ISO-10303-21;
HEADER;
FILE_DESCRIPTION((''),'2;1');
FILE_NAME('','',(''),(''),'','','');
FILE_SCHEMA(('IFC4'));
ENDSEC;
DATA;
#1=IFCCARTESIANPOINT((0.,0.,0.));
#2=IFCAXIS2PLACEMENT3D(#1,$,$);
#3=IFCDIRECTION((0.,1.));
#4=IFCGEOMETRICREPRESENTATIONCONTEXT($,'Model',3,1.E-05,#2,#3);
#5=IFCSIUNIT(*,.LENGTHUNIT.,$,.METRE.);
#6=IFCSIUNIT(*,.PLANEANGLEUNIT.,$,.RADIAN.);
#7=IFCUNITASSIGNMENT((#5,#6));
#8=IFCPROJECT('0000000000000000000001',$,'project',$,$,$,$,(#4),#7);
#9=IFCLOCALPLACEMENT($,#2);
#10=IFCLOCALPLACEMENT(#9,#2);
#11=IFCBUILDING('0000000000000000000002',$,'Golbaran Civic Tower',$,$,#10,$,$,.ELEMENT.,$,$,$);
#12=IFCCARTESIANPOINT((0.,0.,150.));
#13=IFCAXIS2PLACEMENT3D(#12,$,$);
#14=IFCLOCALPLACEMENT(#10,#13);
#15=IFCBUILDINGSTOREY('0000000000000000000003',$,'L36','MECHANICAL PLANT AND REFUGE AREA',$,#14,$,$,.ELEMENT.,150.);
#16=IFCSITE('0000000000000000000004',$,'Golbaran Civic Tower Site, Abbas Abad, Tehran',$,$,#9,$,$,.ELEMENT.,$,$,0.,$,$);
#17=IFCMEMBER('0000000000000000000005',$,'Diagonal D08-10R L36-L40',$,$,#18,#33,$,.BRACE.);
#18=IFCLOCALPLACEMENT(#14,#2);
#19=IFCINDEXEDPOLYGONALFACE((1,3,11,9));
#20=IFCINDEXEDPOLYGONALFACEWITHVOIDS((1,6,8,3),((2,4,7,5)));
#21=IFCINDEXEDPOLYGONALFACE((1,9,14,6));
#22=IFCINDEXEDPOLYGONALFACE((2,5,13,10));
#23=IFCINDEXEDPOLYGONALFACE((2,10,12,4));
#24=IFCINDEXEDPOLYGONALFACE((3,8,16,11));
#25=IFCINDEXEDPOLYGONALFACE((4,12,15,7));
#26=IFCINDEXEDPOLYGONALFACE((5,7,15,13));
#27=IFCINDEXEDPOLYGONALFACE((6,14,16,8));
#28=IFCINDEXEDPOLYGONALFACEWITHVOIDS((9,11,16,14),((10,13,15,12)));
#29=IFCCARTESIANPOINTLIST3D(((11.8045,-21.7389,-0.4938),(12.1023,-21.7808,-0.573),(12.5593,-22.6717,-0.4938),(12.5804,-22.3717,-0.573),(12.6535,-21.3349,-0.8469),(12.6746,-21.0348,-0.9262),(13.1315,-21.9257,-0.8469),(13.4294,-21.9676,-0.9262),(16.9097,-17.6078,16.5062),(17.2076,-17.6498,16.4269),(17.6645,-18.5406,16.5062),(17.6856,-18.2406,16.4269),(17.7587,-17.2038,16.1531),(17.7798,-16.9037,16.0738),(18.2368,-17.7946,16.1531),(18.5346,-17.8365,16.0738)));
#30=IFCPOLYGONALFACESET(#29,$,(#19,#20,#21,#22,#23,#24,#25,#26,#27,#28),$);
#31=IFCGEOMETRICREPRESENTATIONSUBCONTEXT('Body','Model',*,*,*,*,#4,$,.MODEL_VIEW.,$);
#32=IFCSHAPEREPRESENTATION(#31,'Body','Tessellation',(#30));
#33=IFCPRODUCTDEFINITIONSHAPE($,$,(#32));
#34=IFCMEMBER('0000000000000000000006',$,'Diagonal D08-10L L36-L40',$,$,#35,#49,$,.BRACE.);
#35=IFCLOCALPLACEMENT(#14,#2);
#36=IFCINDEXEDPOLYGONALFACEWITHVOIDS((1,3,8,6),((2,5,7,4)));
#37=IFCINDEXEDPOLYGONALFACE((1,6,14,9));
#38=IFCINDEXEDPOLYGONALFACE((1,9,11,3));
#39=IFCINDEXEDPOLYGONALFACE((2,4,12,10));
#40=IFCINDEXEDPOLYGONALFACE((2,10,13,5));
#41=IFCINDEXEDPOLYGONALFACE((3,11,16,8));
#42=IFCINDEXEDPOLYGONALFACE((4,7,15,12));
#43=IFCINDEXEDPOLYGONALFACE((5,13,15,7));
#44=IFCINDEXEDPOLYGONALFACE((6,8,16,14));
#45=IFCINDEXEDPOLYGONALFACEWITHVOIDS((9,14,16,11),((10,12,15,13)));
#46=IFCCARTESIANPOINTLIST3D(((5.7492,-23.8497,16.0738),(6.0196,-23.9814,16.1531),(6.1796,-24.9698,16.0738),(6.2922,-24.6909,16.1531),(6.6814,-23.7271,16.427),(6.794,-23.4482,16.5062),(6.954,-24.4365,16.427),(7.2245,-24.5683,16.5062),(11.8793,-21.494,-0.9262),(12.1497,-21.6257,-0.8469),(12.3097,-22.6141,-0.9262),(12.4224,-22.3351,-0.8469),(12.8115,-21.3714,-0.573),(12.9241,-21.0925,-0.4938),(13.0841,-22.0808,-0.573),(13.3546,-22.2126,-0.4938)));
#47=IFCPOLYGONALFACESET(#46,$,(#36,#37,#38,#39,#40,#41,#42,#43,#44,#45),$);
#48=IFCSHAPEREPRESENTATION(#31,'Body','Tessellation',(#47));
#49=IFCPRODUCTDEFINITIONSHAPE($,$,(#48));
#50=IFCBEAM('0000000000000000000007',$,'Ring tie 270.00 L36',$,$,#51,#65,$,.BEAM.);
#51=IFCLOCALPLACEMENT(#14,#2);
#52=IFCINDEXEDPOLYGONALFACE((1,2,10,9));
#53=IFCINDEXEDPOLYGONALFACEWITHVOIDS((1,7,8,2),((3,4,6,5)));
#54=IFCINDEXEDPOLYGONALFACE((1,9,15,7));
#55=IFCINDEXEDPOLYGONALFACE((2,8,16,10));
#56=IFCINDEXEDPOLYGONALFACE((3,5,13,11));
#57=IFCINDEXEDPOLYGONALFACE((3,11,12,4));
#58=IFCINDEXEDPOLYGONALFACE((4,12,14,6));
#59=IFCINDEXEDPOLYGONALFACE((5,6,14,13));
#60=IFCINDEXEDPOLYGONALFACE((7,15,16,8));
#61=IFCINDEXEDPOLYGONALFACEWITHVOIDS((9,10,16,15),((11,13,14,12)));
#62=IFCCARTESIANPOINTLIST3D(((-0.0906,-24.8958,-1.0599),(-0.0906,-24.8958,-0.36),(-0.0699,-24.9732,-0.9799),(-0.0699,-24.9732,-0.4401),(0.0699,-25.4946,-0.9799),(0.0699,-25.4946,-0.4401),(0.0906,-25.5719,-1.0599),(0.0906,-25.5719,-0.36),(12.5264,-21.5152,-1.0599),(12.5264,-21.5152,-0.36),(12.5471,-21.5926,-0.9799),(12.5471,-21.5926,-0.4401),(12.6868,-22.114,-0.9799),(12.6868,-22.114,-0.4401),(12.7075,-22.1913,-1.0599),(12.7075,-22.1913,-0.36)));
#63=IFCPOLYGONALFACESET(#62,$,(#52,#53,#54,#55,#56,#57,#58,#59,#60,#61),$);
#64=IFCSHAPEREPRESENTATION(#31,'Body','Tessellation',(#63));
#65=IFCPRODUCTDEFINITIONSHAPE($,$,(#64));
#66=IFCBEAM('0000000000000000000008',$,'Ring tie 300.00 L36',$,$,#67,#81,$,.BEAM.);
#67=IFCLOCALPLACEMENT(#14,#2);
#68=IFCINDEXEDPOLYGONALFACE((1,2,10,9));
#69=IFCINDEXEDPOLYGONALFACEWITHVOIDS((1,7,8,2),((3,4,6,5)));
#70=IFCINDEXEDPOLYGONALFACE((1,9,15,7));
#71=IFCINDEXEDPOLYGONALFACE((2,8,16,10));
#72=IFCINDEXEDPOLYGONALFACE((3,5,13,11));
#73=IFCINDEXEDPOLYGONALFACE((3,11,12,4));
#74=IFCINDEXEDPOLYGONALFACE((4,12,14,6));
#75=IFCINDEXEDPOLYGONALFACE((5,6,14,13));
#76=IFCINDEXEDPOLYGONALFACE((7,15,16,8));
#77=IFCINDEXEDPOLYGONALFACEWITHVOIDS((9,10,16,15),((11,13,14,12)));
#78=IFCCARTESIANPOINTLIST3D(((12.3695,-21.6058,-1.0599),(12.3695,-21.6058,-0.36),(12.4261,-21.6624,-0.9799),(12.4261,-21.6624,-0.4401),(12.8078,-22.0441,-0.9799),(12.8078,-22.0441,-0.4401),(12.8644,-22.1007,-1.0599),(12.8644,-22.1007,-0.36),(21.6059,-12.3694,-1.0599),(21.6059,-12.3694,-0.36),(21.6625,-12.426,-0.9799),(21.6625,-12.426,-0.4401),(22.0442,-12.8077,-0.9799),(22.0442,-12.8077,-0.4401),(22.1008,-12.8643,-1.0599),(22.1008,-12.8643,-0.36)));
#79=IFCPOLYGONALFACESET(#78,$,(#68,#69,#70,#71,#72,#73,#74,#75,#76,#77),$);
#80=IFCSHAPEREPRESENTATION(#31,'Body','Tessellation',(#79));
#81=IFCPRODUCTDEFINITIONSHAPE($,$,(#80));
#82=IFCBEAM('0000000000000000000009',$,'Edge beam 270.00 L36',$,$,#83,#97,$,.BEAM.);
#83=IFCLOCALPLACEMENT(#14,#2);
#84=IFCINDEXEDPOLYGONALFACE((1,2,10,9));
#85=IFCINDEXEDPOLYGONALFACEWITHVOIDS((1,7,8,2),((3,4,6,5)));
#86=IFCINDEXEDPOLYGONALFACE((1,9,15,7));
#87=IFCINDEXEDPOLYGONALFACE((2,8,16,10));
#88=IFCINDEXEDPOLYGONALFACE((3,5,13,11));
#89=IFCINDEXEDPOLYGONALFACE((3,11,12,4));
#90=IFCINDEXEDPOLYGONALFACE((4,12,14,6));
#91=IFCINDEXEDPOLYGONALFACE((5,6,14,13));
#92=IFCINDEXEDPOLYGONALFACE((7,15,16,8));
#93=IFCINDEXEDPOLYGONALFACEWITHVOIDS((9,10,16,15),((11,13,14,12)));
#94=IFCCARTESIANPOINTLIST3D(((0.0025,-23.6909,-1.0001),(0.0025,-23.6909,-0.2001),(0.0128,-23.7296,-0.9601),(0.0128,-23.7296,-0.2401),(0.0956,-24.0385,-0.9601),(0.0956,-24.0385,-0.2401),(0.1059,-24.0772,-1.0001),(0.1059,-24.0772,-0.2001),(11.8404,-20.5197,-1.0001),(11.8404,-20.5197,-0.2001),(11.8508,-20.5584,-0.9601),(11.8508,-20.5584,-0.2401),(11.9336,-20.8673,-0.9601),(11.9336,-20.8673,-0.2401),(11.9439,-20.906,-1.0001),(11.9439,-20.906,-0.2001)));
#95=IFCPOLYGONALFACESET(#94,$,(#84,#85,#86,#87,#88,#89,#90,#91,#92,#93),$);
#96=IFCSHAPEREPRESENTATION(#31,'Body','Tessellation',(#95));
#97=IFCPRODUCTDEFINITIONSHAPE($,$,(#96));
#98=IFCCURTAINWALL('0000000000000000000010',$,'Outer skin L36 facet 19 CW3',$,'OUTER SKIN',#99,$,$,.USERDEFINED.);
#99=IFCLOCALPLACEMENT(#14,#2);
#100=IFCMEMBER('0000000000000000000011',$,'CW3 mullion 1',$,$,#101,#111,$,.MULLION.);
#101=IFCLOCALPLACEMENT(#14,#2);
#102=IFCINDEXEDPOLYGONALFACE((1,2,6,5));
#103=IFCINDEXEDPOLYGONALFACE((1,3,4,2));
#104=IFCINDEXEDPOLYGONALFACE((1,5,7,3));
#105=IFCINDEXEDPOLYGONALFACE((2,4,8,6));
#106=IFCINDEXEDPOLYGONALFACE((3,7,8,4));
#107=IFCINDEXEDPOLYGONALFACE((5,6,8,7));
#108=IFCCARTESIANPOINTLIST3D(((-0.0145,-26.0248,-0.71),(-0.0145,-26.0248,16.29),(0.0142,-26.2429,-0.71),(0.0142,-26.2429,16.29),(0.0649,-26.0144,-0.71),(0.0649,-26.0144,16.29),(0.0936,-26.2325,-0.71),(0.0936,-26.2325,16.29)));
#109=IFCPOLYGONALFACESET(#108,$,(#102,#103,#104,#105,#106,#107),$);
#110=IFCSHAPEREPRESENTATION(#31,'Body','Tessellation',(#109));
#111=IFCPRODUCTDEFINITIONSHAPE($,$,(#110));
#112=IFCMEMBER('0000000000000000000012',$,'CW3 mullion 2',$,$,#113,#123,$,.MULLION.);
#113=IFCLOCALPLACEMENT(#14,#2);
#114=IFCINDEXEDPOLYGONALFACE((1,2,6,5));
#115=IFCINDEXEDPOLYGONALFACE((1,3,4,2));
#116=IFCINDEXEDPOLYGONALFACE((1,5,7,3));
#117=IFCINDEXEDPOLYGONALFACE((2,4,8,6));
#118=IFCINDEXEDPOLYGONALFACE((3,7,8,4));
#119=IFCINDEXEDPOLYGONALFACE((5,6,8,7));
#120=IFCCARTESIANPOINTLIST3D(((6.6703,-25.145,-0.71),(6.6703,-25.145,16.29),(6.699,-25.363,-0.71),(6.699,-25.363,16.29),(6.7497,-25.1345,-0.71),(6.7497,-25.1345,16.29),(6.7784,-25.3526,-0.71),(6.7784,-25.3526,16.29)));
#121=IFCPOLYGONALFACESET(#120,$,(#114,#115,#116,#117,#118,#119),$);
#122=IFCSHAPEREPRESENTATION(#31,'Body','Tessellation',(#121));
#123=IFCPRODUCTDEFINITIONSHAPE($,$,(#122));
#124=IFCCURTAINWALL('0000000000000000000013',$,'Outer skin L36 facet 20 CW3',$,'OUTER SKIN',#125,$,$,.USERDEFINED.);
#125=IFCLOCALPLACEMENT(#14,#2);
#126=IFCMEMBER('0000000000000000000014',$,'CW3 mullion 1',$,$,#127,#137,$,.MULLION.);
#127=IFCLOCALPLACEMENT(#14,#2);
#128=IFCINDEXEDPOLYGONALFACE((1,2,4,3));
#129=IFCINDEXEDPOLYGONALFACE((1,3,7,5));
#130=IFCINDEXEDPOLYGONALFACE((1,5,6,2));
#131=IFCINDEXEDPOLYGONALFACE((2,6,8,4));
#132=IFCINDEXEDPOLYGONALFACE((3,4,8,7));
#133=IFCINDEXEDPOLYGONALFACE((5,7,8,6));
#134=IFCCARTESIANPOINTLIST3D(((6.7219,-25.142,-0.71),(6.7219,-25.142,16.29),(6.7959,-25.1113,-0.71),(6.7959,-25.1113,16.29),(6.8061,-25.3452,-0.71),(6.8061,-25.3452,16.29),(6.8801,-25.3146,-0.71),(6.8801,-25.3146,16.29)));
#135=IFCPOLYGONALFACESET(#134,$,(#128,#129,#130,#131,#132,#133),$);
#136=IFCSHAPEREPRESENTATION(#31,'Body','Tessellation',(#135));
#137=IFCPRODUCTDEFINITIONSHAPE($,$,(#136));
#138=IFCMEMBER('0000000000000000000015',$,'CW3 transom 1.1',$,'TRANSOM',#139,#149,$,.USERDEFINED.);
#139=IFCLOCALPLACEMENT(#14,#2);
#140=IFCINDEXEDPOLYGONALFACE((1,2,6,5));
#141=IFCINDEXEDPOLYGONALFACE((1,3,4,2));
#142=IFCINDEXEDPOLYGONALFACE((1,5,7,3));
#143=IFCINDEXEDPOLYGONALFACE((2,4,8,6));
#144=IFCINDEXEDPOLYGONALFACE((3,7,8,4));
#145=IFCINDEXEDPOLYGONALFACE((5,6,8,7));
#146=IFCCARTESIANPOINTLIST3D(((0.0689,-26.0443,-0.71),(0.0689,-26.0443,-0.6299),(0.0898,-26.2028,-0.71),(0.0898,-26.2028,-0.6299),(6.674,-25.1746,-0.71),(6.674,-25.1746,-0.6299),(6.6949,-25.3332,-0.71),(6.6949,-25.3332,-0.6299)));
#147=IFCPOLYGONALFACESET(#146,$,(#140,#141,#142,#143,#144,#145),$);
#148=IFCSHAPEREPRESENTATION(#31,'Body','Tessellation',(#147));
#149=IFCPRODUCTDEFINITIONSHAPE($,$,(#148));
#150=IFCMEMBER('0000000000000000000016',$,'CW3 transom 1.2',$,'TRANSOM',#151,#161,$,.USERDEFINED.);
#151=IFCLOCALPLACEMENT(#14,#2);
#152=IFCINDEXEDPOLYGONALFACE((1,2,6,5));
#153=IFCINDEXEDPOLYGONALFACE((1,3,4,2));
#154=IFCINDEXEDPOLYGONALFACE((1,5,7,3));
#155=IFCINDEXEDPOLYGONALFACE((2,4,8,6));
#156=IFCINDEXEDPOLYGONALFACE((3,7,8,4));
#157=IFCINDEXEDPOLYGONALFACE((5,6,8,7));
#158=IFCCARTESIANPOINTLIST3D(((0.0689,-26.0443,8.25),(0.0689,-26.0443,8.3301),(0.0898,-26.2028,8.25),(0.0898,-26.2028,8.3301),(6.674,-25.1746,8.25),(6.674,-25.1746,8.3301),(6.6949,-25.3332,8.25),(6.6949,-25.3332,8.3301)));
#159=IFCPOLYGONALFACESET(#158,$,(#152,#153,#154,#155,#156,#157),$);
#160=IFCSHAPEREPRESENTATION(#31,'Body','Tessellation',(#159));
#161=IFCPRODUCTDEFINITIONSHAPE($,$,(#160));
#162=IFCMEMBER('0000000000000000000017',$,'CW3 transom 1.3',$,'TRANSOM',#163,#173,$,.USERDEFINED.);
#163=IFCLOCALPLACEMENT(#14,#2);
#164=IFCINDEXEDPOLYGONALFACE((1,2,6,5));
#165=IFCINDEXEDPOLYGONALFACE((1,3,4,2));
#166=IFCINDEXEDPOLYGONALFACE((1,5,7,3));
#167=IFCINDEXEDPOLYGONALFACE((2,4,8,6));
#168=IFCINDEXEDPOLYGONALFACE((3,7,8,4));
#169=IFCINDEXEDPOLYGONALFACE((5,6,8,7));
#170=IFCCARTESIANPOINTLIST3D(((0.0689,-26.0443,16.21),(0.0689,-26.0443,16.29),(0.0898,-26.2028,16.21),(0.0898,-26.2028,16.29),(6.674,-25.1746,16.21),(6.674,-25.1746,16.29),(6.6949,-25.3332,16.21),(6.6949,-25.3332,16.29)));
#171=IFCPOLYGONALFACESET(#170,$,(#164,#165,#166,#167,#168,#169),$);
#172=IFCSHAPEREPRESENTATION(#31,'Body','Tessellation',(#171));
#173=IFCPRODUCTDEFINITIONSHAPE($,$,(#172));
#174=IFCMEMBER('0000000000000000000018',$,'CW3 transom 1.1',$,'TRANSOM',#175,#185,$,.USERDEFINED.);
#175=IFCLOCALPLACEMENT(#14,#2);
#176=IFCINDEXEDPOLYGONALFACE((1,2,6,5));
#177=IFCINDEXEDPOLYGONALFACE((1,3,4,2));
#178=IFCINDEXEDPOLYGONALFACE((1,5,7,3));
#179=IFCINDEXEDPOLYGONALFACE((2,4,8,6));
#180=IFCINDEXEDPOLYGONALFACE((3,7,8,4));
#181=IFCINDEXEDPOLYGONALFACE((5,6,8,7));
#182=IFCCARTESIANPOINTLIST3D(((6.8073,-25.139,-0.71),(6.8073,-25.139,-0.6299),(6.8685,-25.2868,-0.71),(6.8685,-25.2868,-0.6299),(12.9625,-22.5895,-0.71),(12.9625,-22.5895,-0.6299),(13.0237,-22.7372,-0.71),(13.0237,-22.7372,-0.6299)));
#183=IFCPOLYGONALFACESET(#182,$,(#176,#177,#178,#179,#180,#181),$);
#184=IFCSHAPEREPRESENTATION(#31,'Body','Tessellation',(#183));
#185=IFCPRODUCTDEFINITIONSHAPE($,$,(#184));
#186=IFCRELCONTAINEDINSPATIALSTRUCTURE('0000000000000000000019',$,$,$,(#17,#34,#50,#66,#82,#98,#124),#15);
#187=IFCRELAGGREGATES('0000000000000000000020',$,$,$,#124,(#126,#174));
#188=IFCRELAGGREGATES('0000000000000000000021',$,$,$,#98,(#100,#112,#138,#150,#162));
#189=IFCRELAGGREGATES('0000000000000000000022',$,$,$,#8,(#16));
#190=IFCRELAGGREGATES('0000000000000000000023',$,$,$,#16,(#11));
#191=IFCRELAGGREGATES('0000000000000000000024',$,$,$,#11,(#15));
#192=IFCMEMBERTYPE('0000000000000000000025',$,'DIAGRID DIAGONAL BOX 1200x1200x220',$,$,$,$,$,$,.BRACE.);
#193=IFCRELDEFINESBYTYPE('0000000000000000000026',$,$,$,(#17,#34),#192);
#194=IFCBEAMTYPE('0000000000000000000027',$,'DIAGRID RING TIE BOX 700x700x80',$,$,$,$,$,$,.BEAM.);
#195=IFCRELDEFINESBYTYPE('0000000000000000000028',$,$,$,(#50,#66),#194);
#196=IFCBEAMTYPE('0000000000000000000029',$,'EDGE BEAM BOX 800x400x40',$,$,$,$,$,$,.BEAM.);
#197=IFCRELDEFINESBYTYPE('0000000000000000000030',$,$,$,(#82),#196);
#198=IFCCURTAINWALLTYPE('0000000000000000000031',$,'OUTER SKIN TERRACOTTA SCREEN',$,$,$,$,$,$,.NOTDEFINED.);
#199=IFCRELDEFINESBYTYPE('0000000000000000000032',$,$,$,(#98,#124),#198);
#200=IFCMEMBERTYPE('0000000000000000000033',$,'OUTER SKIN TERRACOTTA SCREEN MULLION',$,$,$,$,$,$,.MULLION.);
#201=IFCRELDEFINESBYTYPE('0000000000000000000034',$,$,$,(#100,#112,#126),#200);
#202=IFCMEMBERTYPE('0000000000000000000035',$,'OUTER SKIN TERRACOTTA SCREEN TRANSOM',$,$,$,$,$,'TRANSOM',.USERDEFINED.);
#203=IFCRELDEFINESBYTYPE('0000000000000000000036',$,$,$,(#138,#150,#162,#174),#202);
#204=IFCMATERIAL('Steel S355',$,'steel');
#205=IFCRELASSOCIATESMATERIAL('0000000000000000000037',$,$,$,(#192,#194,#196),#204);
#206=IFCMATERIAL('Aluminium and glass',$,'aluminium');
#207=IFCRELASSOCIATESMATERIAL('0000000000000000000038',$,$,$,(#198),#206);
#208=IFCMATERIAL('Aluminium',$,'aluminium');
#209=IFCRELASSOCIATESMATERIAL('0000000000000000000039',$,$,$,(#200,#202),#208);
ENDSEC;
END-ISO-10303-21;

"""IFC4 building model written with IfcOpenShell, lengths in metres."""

from ifc_helpers import new_model, si_unit, direction, frame, origin, origin_2d, place, context, subcontext, project, spatial, rectangle, hollow_rectangle, extrude, material, material_profile, profile_set, type_object, element, aggregate, save


model = new_model("IFC4")

# Units and contexts
model_context = context("Model", 3, precision=1e-05, world=origin(), true_north=direction((0.0, 1.0)))
body_context = subcontext(model_context, "Body", "Model", "MODEL_VIEW")
ifc_project = project(units=[si_unit("LENGTHUNIT", "METRE"), si_unit("PLANEANGLEUNIT", "RADIAN")], contexts=[model_context])

# Site, building, storey
site_placement = place(None, origin())
site = spatial("IfcSite", under=ifc_project, at=site_placement, Name="Golbaran Civic Tower Site, Abbas Abad, Tehran", CompositionType="ELEMENT", RefElevation=0.0)
building_placement = place(site_placement, origin())
building = spatial("IfcBuilding", under=site, at=building_placement, Name="Golbaran Civic Tower", CompositionType="ELEMENT")
storey_placement = place(building_placement, frame((0.0, 0.0, 150.0)))
storey = spatial("IfcBuildingStorey", under=building, at=storey_placement, Name="L36", Description="MECHANICAL PLANT AND REFUGE AREA", CompositionType="ELEMENT", Elevation=150.0)

# Members
ifc_material_1 = material(Name="Steel S355", Category="steel")
ifc_material_profile_1 = material_profile(ifc_material_1, hollow_rectangle(XDim=1.2, YDim=1.2, WallThickness=0.22, at=origin_2d()), Name="BOX 1200x1200x220")
ifc_profile_set_1 = profile_set([ifc_material_profile_1], Name="Steel S355")
member_type_1 = type_object("IfcMemberType", Name="DIAGRID DIAGONAL BOX 1200x1200x220", PredefinedType="BRACE", material=ifc_profile_set_1)
for number, where, z_axis, x_axis, name in (
    (1, (12.6169, -21.8533, -0.71), (0.280131, 0.22668, 0.932815), (-0.629042, 0.777371, 0.0), "Diagonal D08-10R L36-L40"),
    (2, (12.6169, -21.8533, -0.71), (-0.33637, -0.129262, 0.932817), (0.35871, -0.933449, 0.0), "Diagonal D08-10L L36-L40"),
):
    element("IfcMember", number, at=place(storey_placement, frame(where, z_axis=z_axis, x_axis=x_axis)), inside=storey, type_object=member_type_1, Name=name, PredefinedType="BRACE", context=body_context, shape_type="SweptSolid", body=[
        extrude(hollow_rectangle(XDim=1.2, YDim=1.2, WallThickness=0.22, at=origin_2d()), origin(), (0.0, 0.0, 1.0), 18.2244),
    ])

# Beams
ifc_material_profile_2 = material_profile(ifc_material_1, hollow_rectangle(XDim=0.7, YDim=0.7, WallThickness=0.0801, at=origin_2d()), Name="BOX 700x700x80")
ifc_profile_set_2 = profile_set([ifc_material_profile_2], Name="Steel S355")
beam_type_1 = type_object("IfcBeamType", Name="DIAGRID RING TIE BOX 700x700x80", PredefinedType="BEAM", material=ifc_profile_set_2)
beam_1_placement = place(storey_placement, frame((0.0, -25.2339, -0.71), z_axis=(0.965927, 0.258813, 0.0), x_axis=(-0.258813, 0.965927, 0.0)))
element("IfcBeam", 3, at=beam_1_placement, inside=storey, type_object=beam_type_1, Name="Ring tie 270.00 L36", PredefinedType="BEAM", context=body_context, shape_type="SweptSolid", body=[
    extrude(hollow_rectangle(XDim=0.7, YDim=0.7, WallThickness=0.0801, at=origin_2d()), origin(), (0.0, 0.0, 1.0), 13.062),
])
beam_2_placement = place(storey_placement, frame((12.6169, -21.8533, -0.71), z_axis=(0.707107, 0.707107, 0.0), x_axis=(-0.707107, 0.707107, 0.0)))
element("IfcBeam", 4, at=beam_2_placement, inside=storey, type_object=beam_type_1, Name="Ring tie 300.00 L36", PredefinedType="BEAM", context=body_context, shape_type="SweptSolid", body=[
    extrude(hollow_rectangle(XDim=0.7, YDim=0.7, WallThickness=0.0801, at=origin_2d()), origin(), (0.0, 0.0, 1.0), 13.0623),
])
ifc_material_profile_3 = material_profile(ifc_material_1, hollow_rectangle(XDim=0.3999, YDim=0.8, WallThickness=0.04, at=origin_2d()), Name="BOX 800x400x40")
ifc_profile_set_3 = profile_set([ifc_material_profile_3], Name="Steel S355")
beam_type_2 = type_object("IfcBeamType", Name="EDGE BEAM BOX 800x400x40", PredefinedType="BEAM", material=ifc_profile_set_3)
beam_3_placement = place(storey_placement, frame((0.0542, -23.884, -0.6001), z_axis=(0.965942, 0.258757, 0.0), x_axis=(-0.258757, 0.965942, 0.0)))
element("IfcBeam", 5, at=beam_3_placement, inside=storey, type_object=beam_type_2, Name="Edge beam 270.00 L36", PredefinedType="BEAM", context=body_context, shape_type="SweptSolid", body=[
    extrude(hollow_rectangle(XDim=0.3999, YDim=0.8, WallThickness=0.04, at=origin_2d()), origin(), (0.0, 0.0, 1.0), 12.2554),
])

# Curtain wall, members
ifc_material_2 = material(Name="Aluminium and glass", Category="aluminium")
curtain_wall_type_1 = type_object("IfcCurtainWallType", Name="OUTER SKIN TERRACOTTA SCREEN", PredefinedType="NOTDEFINED", material=ifc_material_2)
curtain_wall_1_placement = place(storey_placement, origin())
curtain_wall_1 = element("IfcCurtainWall", 6, at=curtain_wall_1_placement, inside=storey, type_object=curtain_wall_type_1, Name="Outer skin L36 facet 19 CW3", ObjectType="OUTER SKIN", PredefinedType="USERDEFINED")
ifc_material_3 = material(Name="Aluminium", Category="aluminium")
ifc_material_profile_4 = material_profile(ifc_material_3, rectangle(XDim=0.22, YDim=0.0801, at=origin_2d()), Name="OUTER SKIN TERRACOTTA SCREEN MULLION")
ifc_profile_set_4 = profile_set([ifc_material_profile_4], Name="Aluminium")
member_type_2 = type_object("IfcMemberType", Name="OUTER SKIN TERRACOTTA SCREEN MULLION", PredefinedType="MULLION", material=ifc_profile_set_4)
member_1_placement = place(storey_placement, frame((0.0396, -26.1287, -0.71), z_axis=(0.0, 0.0, 1.0), x_axis=(-0.130526, 0.991445, 0.0)))
member_1 = element("IfcMember", 7, at=member_1_placement, type_object=member_type_2, Name="CW3 mullion 1", PredefinedType="MULLION", context=body_context, shape_type="SweptSolid", body=[
    extrude(rectangle(XDim=0.22, YDim=0.0801, at=origin_2d()), origin(), (0.0, 0.0, 1.0), 17.0),
])
member_2_placement = place(storey_placement, frame((6.7244, -25.2488, -0.71), z_axis=(0.0, 0.0, 1.0), x_axis=(-0.130526, 0.991445, 0.0)))
member_2 = element("IfcMember", 8, at=member_2_placement, type_object=member_type_2, Name="CW3 mullion 2", PredefinedType="MULLION", context=body_context, shape_type="SweptSolid", body=[
    extrude(rectangle(XDim=0.22, YDim=0.0801, at=origin_2d()), origin(), (0.0, 0.0, 1.0), 17.0),
])

# Curtain wall, member
curtain_wall_2_placement = place(storey_placement, origin())
curtain_wall_2 = element("IfcCurtainWall", 9, at=curtain_wall_2_placement, inside=storey, type_object=curtain_wall_type_1, Name="Outer skin L36 facet 20 CW3", ObjectType="OUTER SKIN", PredefinedType="USERDEFINED")
member_3_placement = place(storey_placement, frame((6.801, -25.2283, -0.71), z_axis=(0.0, 0.0, 1.0), x_axis=(-0.382683, 0.92388, 0.0)))
member_3 = element("IfcMember", 10, at=member_3_placement, type_object=member_type_2, Name="CW3 mullion 1", PredefinedType="MULLION", context=body_context, shape_type="SweptSolid", body=[
    extrude(rectangle(XDim=0.22, YDim=0.0801, at=origin_2d()), origin(), (0.0, 0.0, 1.0), 17.0),
])

# Members
ifc_material_profile_5 = material_profile(ifc_material_3, rectangle(XDim=0.1599, YDim=0.0801, at=origin_2d()), Name="OUTER SKIN TERRACOTTA SCREEN TRANSOM")
ifc_profile_set_5 = profile_set([ifc_material_profile_5], Name="Aluminium")
member_type_3 = type_object("IfcMemberType", Name="OUTER SKIN TERRACOTTA SCREEN TRANSOM", ElementType="TRANSOM", PredefinedType="USERDEFINED", material=ifc_profile_set_5)
member_4_placement = place(storey_placement, frame((0.0793, -26.1235, -0.6699), z_axis=(0.991444, 0.130531, 0.0), x_axis=(-0.130531, 0.991444, 0.0)))
member_4 = element("IfcMember", 11, at=member_4_placement, type_object=member_type_3, Name="CW3 transom 1.1", ObjectType="TRANSOM", PredefinedType="USERDEFINED", context=body_context, shape_type="SweptSolid", body=[
    extrude(rectangle(XDim=0.1599, YDim=0.0801, at=origin_2d()), origin(), (0.0, 0.0, 1.0), 6.6621),
])
member_5_placement = place(storey_placement, frame((0.0793, -26.1235, 8.29), z_axis=(0.991444, 0.130531, 0.0), x_axis=(-0.130531, 0.991444, 0.0)))
member_5 = element("IfcMember", 12, at=member_5_placement, type_object=member_type_3, Name="CW3 transom 1.2", ObjectType="TRANSOM", PredefinedType="USERDEFINED", context=body_context, shape_type="SweptSolid", body=[
    extrude(rectangle(XDim=0.1599, YDim=0.0801, at=origin_2d()), origin(), (0.0, 0.0, 1.0), 6.6621),
])
member_6_placement = place(storey_placement, frame((0.0793, -26.1235, 16.25), z_axis=(0.991444, 0.130531, 0.0), x_axis=(-0.130531, 0.991444, 0.0)))
member_6 = element("IfcMember", 13, at=member_6_placement, type_object=member_type_3, Name="CW3 transom 1.3", ObjectType="TRANSOM", PredefinedType="USERDEFINED", context=body_context, shape_type="SweptSolid", body=[
    extrude(rectangle(XDim=0.1599, YDim=0.0801, at=origin_2d()), origin(), (0.0, 0.0, 1.0), 6.6621),
])
member_7_placement = place(storey_placement, frame((6.8379, -25.2129, -0.6699), z_axis=(0.923882, 0.382679, 0.0), x_axis=(-0.382679, 0.923882, 0.0)))
member_7 = element("IfcMember", 14, at=member_7_placement, type_object=member_type_3, Name="CW3 transom 1.1", ObjectType="TRANSOM", PredefinedType="USERDEFINED", context=body_context, shape_type="SweptSolid", body=[
    extrude(rectangle(XDim=0.1599, YDim=0.0801, at=origin_2d()), origin(), (0.0, 0.0, 1.0), 6.6624),
])

aggregate(curtain_wall_2, [member_3, member_7])
aggregate(curtain_wall_1, [member_1, member_2, member_4, member_5, member_6])

save(model, "model.ifc")
